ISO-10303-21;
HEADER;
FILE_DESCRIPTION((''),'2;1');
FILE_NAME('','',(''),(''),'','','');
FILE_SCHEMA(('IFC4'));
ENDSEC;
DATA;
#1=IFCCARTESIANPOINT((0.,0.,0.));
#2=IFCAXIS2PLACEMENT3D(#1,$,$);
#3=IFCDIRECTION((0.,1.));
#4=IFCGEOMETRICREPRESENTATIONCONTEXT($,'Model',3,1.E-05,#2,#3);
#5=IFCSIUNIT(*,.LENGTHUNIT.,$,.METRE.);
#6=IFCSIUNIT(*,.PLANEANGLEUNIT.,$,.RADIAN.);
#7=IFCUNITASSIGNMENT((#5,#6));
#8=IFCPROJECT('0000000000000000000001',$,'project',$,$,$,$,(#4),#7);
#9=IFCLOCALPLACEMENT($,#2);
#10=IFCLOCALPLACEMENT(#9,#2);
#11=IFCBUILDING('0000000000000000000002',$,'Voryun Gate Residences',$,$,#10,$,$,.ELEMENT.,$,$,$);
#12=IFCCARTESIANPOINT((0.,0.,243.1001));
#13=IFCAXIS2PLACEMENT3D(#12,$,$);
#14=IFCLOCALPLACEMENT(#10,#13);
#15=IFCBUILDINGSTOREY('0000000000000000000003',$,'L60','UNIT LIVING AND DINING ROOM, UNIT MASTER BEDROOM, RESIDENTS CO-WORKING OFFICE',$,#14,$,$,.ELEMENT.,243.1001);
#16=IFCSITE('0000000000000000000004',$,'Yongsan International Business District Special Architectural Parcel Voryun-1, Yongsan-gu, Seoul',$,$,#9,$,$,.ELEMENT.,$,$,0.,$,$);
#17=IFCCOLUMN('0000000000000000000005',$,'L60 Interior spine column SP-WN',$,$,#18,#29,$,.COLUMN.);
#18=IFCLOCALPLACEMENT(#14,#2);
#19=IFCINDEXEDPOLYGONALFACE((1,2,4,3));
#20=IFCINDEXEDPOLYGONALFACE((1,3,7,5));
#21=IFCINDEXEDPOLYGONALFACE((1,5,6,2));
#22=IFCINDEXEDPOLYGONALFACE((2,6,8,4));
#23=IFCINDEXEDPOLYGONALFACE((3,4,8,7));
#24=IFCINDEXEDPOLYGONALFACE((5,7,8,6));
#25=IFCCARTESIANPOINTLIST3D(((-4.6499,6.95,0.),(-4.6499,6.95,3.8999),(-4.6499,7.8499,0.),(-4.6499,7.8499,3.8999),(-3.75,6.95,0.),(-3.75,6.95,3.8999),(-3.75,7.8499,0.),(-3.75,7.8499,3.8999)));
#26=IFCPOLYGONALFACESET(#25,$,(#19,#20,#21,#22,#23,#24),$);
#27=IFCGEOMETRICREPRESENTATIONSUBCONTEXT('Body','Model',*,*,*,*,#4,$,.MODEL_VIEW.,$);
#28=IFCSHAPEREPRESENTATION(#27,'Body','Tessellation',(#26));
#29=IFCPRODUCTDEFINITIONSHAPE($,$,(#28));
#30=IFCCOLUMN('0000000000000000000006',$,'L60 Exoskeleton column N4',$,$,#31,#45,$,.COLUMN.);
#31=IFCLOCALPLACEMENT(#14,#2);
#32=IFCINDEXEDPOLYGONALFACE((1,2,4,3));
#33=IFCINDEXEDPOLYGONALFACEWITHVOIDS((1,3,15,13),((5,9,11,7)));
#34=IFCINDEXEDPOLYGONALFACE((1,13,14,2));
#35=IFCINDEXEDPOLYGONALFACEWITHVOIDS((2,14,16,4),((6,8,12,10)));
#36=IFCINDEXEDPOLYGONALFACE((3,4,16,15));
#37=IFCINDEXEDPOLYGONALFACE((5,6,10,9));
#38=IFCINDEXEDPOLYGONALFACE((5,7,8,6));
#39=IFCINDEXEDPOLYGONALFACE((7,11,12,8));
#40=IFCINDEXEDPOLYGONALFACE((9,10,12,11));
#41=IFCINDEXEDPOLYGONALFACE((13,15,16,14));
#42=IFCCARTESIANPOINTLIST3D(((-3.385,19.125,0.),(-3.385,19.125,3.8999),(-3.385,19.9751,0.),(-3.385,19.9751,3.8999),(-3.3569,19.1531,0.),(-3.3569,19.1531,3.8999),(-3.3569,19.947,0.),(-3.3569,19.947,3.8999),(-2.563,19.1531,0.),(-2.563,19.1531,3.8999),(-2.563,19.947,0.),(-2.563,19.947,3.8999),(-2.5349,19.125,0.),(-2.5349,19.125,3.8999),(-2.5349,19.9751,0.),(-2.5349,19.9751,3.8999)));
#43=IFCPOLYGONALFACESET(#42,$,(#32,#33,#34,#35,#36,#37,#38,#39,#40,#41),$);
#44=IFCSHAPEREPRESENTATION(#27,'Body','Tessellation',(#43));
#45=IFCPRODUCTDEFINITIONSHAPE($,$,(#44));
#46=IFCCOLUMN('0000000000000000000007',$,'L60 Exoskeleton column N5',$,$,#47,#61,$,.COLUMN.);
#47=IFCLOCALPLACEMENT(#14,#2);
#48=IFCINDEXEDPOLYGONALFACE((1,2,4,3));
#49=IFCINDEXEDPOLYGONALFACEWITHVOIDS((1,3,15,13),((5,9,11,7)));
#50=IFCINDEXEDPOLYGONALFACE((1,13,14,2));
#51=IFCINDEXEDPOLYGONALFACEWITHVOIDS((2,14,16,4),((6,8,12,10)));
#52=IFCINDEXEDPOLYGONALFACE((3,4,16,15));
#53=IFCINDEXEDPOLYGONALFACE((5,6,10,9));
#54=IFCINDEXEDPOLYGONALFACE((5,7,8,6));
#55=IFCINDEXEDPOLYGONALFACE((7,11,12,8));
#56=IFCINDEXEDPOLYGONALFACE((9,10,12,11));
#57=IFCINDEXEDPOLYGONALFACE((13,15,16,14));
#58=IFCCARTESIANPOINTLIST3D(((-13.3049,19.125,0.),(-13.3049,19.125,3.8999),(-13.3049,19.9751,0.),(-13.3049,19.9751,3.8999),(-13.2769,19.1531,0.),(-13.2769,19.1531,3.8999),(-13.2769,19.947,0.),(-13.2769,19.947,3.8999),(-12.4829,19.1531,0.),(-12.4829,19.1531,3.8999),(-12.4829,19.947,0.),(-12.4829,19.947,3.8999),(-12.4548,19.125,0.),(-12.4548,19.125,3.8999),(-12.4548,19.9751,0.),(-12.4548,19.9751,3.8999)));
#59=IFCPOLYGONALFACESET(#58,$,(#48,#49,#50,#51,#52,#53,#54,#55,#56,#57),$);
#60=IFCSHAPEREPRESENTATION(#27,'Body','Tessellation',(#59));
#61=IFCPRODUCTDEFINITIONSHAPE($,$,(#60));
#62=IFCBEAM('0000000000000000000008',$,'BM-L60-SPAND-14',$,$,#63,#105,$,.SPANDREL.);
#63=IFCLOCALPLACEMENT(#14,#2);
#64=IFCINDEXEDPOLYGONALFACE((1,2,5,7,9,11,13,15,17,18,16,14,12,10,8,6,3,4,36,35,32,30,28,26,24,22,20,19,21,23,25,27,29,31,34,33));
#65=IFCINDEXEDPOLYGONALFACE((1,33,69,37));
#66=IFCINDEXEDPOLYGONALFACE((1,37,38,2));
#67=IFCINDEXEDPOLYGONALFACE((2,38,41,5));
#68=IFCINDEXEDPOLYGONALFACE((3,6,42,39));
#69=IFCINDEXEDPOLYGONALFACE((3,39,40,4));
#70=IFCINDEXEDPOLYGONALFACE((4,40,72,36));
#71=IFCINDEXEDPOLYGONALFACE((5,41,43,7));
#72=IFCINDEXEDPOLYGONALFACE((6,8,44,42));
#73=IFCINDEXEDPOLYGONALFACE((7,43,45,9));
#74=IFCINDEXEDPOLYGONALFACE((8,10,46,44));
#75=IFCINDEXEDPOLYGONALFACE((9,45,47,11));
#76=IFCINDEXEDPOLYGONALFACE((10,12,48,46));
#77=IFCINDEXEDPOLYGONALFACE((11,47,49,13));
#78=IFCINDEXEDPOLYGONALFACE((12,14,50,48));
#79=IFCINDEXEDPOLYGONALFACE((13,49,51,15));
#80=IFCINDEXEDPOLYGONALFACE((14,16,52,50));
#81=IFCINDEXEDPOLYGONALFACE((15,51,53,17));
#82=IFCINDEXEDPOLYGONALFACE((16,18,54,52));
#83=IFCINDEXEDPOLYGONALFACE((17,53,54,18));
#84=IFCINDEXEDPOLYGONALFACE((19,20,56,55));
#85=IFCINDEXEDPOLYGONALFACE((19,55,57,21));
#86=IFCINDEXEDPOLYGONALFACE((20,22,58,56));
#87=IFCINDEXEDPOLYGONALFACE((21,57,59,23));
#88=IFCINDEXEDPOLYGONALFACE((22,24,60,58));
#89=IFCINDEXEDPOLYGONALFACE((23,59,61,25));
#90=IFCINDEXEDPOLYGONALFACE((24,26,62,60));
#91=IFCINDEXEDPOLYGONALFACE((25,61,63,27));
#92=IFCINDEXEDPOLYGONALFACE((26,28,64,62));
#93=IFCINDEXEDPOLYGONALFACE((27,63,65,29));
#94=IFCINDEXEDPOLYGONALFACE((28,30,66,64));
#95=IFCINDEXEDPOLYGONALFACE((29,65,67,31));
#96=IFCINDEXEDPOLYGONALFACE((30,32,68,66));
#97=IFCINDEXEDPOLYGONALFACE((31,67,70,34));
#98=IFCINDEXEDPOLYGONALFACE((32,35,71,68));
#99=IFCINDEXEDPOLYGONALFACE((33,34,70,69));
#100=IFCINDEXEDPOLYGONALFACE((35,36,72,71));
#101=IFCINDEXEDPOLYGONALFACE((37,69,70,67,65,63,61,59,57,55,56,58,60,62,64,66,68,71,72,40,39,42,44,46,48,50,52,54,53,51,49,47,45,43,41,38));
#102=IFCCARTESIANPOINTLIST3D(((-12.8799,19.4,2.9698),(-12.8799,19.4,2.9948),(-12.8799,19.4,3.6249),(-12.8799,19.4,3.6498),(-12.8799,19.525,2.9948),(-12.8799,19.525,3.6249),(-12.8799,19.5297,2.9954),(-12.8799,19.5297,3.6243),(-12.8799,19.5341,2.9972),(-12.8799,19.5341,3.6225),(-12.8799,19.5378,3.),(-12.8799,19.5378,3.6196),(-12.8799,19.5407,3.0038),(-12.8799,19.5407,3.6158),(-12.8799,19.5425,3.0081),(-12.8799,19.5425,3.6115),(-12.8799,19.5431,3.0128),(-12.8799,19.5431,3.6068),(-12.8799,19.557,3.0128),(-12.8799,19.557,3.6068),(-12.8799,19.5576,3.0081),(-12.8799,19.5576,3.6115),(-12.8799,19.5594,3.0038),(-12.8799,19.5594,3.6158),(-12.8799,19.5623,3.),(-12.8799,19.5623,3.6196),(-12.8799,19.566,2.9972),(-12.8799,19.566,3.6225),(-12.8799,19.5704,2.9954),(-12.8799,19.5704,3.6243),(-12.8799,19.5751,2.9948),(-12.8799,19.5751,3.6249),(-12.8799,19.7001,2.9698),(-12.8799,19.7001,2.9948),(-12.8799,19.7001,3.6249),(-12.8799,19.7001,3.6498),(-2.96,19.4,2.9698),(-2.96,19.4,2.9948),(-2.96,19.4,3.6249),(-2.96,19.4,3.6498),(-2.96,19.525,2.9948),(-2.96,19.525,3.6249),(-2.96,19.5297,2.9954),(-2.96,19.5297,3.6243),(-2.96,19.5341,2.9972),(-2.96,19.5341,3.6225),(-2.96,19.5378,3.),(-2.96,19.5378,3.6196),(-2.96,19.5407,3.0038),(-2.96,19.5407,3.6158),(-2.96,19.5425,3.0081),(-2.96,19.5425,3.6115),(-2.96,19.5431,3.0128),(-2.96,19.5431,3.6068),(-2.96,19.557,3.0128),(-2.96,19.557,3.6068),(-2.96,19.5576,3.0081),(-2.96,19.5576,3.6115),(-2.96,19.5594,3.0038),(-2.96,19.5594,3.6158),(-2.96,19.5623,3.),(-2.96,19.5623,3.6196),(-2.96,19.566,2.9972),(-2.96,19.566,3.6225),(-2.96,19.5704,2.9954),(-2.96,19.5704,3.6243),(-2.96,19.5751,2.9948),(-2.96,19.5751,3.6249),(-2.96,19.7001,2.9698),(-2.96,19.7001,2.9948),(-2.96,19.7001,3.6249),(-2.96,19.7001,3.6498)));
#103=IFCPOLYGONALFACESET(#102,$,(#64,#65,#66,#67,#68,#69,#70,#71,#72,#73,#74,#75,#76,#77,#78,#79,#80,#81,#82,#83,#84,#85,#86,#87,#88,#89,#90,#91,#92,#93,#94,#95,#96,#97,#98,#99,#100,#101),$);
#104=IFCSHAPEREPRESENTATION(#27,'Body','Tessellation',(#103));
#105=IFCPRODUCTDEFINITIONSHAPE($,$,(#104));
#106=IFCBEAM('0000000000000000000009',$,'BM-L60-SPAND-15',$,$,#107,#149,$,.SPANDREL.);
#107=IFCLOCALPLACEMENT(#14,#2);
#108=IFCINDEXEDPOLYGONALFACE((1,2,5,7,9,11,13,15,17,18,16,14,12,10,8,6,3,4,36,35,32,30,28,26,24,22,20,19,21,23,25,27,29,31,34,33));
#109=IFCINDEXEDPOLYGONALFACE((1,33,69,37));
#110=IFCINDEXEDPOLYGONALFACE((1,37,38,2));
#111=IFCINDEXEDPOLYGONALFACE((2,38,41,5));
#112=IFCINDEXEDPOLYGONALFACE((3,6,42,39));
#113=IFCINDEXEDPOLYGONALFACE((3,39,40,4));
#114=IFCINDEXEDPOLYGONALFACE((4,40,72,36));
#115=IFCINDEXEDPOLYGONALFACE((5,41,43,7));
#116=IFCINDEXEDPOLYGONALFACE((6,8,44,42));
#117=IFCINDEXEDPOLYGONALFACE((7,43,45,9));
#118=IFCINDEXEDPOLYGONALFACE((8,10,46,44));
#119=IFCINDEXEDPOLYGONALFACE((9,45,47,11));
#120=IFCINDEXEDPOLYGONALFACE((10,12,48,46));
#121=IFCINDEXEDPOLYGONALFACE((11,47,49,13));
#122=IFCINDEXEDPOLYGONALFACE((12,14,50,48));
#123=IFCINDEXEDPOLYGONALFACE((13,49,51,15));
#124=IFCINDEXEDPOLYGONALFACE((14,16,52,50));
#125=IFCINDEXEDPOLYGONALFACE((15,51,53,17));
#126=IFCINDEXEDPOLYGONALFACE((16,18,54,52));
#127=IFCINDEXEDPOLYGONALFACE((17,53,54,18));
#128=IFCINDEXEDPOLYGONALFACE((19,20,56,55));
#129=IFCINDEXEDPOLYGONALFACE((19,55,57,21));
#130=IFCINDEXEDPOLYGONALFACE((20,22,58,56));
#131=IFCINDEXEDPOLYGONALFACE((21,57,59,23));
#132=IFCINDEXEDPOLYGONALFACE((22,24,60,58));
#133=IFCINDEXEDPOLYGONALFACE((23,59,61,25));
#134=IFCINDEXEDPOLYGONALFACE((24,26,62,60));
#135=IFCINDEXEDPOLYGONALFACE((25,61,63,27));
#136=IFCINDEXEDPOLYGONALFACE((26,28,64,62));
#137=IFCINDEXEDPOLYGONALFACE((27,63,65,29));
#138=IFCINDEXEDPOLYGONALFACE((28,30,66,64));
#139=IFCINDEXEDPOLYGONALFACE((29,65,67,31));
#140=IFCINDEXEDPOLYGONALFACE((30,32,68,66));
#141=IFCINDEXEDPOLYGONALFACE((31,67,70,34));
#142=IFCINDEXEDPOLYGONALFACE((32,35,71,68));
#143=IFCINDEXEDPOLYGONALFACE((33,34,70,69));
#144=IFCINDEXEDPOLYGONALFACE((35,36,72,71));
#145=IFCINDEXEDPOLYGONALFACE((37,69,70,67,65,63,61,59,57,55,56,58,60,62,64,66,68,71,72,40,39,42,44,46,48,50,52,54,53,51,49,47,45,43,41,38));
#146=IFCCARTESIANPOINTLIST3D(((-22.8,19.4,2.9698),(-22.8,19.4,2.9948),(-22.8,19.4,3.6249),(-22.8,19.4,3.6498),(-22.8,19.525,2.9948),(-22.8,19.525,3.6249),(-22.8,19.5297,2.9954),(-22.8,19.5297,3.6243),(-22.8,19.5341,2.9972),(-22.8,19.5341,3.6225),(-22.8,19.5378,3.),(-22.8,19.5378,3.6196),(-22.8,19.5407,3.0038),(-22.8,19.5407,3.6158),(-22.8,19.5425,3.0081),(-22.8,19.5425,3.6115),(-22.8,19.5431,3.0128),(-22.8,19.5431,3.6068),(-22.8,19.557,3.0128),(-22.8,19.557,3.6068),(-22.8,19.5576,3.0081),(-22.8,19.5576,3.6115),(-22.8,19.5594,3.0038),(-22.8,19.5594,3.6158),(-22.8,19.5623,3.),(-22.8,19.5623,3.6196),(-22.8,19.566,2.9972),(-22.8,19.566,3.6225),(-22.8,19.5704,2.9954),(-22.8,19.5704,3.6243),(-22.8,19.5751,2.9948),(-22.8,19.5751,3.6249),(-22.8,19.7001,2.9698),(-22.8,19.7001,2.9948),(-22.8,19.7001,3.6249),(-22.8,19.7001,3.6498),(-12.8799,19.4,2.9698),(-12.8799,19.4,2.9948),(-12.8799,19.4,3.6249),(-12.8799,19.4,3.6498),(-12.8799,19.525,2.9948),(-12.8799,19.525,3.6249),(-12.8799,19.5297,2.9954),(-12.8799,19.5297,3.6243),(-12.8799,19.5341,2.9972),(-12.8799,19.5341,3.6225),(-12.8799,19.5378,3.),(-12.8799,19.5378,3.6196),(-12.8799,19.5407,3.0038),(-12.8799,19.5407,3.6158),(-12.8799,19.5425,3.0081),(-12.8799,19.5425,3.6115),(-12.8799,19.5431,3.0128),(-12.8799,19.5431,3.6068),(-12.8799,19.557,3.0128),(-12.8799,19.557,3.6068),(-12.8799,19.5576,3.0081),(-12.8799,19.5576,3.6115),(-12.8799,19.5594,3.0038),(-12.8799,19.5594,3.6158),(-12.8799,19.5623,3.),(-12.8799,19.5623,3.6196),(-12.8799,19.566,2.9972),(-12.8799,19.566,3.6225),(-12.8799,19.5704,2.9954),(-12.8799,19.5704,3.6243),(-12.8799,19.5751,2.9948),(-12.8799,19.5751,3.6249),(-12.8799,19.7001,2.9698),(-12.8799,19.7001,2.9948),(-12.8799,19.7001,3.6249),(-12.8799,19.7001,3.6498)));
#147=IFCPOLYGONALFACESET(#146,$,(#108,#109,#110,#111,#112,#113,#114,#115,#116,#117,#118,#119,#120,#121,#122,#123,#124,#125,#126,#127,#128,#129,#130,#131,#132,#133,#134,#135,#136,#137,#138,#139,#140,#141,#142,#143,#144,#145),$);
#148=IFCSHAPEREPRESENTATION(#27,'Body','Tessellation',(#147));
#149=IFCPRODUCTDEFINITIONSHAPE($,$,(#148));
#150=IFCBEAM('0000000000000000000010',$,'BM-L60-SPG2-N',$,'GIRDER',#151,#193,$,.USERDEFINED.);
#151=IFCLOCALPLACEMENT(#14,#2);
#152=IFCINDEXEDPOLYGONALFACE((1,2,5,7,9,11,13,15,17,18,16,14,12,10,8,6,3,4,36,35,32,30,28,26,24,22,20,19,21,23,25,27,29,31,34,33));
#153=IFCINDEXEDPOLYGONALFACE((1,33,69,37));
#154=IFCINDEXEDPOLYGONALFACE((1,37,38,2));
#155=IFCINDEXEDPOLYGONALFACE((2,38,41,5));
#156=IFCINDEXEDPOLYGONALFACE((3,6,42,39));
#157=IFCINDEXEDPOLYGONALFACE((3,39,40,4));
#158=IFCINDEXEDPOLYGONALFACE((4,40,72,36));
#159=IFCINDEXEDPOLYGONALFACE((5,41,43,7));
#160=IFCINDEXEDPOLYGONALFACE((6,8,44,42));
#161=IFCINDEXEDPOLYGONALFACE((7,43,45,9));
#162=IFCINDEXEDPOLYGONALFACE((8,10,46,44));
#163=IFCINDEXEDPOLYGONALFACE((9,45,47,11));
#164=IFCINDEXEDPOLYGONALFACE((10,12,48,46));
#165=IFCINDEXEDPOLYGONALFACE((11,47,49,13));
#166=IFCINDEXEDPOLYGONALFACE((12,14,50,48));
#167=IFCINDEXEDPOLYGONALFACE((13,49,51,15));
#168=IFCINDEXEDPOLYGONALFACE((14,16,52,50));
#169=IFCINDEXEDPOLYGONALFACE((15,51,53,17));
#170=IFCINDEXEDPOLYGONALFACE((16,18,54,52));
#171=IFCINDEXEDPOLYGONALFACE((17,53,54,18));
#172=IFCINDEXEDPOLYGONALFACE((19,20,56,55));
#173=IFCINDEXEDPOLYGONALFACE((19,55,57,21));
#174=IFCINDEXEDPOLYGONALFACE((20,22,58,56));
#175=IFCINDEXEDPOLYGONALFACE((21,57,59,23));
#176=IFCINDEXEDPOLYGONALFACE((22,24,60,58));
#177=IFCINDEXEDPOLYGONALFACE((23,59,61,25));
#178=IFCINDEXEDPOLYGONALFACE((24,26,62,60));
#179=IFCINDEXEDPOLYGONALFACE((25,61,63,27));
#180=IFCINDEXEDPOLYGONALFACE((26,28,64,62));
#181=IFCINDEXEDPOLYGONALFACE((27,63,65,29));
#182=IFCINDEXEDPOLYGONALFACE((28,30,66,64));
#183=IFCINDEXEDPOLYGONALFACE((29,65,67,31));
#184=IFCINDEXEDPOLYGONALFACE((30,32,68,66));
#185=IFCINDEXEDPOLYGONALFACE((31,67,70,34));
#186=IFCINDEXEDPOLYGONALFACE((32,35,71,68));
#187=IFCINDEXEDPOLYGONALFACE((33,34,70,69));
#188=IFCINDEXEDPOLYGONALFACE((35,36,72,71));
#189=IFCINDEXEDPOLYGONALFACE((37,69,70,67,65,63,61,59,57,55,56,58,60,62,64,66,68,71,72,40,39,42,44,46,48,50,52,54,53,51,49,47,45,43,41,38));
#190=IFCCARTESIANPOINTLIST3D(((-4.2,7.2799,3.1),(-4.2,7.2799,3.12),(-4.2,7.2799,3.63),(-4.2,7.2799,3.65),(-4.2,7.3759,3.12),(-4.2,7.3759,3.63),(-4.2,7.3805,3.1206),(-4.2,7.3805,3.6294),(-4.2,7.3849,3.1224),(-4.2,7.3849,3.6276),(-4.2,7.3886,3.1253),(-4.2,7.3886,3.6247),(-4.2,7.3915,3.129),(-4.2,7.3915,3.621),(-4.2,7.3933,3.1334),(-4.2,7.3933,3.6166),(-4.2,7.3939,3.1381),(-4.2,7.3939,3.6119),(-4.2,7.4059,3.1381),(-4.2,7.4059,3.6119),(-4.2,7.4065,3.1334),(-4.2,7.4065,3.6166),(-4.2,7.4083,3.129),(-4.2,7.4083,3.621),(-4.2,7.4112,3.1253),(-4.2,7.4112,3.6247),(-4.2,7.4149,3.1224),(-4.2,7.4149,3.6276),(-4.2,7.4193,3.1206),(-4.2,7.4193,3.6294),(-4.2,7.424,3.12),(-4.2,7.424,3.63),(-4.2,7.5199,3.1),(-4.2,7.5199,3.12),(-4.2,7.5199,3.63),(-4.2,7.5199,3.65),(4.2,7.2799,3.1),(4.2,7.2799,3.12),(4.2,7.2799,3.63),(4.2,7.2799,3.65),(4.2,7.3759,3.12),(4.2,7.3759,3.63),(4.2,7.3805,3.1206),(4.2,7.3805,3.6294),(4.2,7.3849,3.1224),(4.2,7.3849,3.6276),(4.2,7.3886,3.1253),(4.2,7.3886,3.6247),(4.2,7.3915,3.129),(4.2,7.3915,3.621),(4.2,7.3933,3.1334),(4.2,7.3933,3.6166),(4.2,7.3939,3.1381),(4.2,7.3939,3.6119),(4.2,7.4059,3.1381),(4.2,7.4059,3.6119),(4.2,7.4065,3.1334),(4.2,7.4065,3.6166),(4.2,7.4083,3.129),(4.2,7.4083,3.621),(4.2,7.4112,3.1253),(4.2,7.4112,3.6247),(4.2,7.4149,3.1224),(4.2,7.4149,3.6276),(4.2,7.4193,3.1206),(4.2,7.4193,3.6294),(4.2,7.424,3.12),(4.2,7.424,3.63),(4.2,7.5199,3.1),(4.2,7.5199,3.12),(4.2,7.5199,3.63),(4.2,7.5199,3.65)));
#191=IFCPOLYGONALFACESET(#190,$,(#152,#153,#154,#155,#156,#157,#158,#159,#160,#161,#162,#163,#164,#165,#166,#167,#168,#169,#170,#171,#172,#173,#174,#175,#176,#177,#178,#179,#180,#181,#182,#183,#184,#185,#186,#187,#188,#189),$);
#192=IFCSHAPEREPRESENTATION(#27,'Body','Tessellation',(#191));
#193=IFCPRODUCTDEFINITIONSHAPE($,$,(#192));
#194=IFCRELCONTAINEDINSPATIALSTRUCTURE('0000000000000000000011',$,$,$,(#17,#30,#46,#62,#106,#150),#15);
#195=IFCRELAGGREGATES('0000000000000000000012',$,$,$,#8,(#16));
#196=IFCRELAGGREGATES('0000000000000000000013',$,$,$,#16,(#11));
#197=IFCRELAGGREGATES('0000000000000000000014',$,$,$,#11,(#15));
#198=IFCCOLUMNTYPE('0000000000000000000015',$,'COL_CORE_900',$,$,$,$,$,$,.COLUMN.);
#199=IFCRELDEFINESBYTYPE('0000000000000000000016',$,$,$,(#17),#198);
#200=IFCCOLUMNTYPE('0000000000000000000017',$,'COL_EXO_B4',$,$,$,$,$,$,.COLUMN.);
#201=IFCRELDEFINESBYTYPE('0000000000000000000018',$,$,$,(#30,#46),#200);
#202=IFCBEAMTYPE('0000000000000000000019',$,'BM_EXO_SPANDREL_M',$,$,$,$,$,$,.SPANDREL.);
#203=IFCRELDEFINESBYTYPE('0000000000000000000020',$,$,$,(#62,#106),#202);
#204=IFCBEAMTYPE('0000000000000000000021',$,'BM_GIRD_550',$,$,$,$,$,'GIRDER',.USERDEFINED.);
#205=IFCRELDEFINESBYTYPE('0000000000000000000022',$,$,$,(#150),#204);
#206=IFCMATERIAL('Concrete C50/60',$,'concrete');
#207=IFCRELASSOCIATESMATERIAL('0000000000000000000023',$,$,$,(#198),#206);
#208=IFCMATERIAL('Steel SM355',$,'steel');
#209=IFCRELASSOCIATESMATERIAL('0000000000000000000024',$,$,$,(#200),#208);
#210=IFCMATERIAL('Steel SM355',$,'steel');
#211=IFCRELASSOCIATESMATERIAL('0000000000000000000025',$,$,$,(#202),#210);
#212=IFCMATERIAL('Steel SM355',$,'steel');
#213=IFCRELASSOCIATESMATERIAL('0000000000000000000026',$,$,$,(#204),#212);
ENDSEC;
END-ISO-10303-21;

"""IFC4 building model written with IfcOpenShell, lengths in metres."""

from ifc_helpers import new_model, si_unit, direction, frame, origin, origin_2d, place, context, subcontext, project, spatial, rectangle, hollow_rectangle, i_section, extrude, material, material_profile, profile_set, type_object, element, save


model = new_model("IFC4")

# Units and contexts
model_context = context("Model", 3, precision=1e-05, world=origin(), true_north=direction((0.0, 1.0)))
body_context = subcontext(model_context, "Body", "Model", "MODEL_VIEW")
ifc_project = project(units=[si_unit("LENGTHUNIT", "METRE"), si_unit("PLANEANGLEUNIT", "RADIAN")], contexts=[model_context])

# Site, building, storey
site_placement = place(None, origin())
site = spatial("IfcSite", under=ifc_project, at=site_placement, Name="Yongsan International Business District Special Architectural Parcel Voryun-1, Yongsan-gu, Seoul", CompositionType="ELEMENT", RefElevation=0.0)
building_placement = place(site_placement, origin())
building = spatial("IfcBuilding", under=site, at=building_placement, Name="Voryun Gate Residences", CompositionType="ELEMENT")
storey_placement = place(building_placement, frame((0.0, 0.0, 243.1001)))
storey = spatial("IfcBuildingStorey", under=building, at=storey_placement, Name="L60", Description="UNIT LIVING AND DINING ROOM, UNIT MASTER BEDROOM, RESIDENTS CO-WORKING OFFICE", CompositionType="ELEMENT", Elevation=243.1001)

# Columns
ifc_material_1 = material(Name="Concrete C50/60", Category="concrete")
ifc_material_profile_1 = material_profile(ifc_material_1, rectangle(XDim=0.8999, YDim=0.8999, at=origin_2d()), Name="RC-900x900")
ifc_profile_set_1 = profile_set([ifc_material_profile_1], Name="Concrete C50/60")
column_type_1 = type_object("IfcColumnType", Name="COL_CORE_900", PredefinedType="COLUMN", material=ifc_profile_set_1)
column_placement = place(storey_placement, frame((-4.2, 7.3999, 0.0), z_axis=(0.0, 0.0, 1.0), x_axis=(1.0, 0.0, 0.0)))
element("IfcColumn", 1, at=column_placement, inside=storey, type_object=column_type_1, Name="L60 Interior spine column SP-WN", PredefinedType="COLUMN", context=body_context, shape_type="SweptSolid", body=[
    extrude(rectangle(XDim=0.8999, YDim=0.8999, at=origin_2d()), origin(), (0.0, 0.0, 1.0), 3.8999),
])
ifc_material_2 = material(Name="Steel SM355", Category="steel")
ifc_material_profile_2 = material_profile(ifc_material_2, hollow_rectangle(XDim=0.8501, YDim=0.8501, WallThickness=0.0281, at=origin_2d()), Name="BOX-850x850x28")
ifc_profile_set_2 = profile_set([ifc_material_profile_2], Name="Steel SM355")
column_type_2 = type_object("IfcColumnType", Name="COL_EXO_B4", PredefinedType="COLUMN", material=ifc_profile_set_2)
for number, where, z_axis, x_axis, name in (
    (2, (-2.96, 19.55, 0.0), (0.0, 0.0, 1.0), (1.0, 0.0, 0.0), "L60 Exoskeleton column N4"),
    (3, (-12.8799, 19.55, 0.0), (0.0, 0.0, 1.0), (1.0, 0.0, 0.0), "L60 Exoskeleton column N5"),
):
    element("IfcColumn", number, at=place(storey_placement, frame(where, z_axis=z_axis, x_axis=x_axis)), inside=storey, type_object=column_type_2, Name=name, PredefinedType="COLUMN", context=body_context, shape_type="SweptSolid", body=[
        extrude(hollow_rectangle(XDim=0.8501, YDim=0.8501, WallThickness=0.0281, at=origin_2d()), origin(), (0.0, 0.0, 1.0), 3.8999),
    ])

# Beams
ifc_material_3 = material(Name="Steel SM355", Category="steel")
ifc_material_profile_3 = material_profile(ifc_material_3, i_section(OverallWidth=0.3, OverallDepth=0.6799, WebThickness=0.0139, FlangeThickness=0.0249, FilletRadius=0.0181, at=origin_2d()), Name="H-680x300x14x25")
ifc_profile_set_3 = profile_set([ifc_material_profile_3], Name="Steel SM355")
beam_type_1 = type_object("IfcBeamType", Name="BM_EXO_SPANDREL_M", PredefinedType="SPANDREL", material=ifc_profile_set_3)
beam_1_placement = place(storey_placement, frame((-2.96, 19.55, 3.3098), z_axis=(-1.0, 0.0, 0.0), x_axis=(0.0, -1.0, 0.0)))
element("IfcBeam", 4, at=beam_1_placement, inside=storey, type_object=beam_type_1, Name="BM-L60-SPAND-14", PredefinedType="SPANDREL", context=body_context, shape_type="SweptSolid", body=[
    extrude(i_section(OverallWidth=0.3, OverallDepth=0.6799, WebThickness=0.0139, FlangeThickness=0.0249, FilletRadius=0.0181, at=origin_2d()), origin(), (0.0, 0.0, 1.0), 9.9199),
])
beam_2_placement = place(storey_placement, frame((-12.8799, 19.55, 3.3098), z_axis=(-1.0, 0.0, 0.0), x_axis=(0.0, -1.0, 0.0)))
element("IfcBeam", 5, at=beam_2_placement, inside=storey, type_object=beam_type_1, Name="BM-L60-SPAND-15", PredefinedType="SPANDREL", context=body_context, shape_type="SweptSolid", body=[
    extrude(i_section(OverallWidth=0.3, OverallDepth=0.6799, WebThickness=0.0139, FlangeThickness=0.0249, FilletRadius=0.0181, at=origin_2d()), origin(), (0.0, 0.0, 1.0), 9.9202),
])
ifc_material_4 = material(Name="Steel SM355", Category="steel")
ifc_material_profile_4 = material_profile(ifc_material_4, i_section(OverallWidth=0.24, OverallDepth=0.55, WebThickness=0.012, FlangeThickness=0.02, FilletRadius=0.0181, at=origin_2d()), Name="H-550x240x12x20")
ifc_profile_set_4 = profile_set([ifc_material_profile_4], Name="Steel SM355")
beam_type_2 = type_object("IfcBeamType", Name="BM_GIRD_550", ElementType="GIRDER", PredefinedType="USERDEFINED", material=ifc_profile_set_4)
beam_3_placement = place(storey_placement, frame((-4.2, 7.3999, 3.375), z_axis=(1.0, 0.0, 0.0), x_axis=(0.0, 1.0, 0.0)))
element("IfcBeam", 6, at=beam_3_placement, inside=storey, type_object=beam_type_2, Name="BM-L60-SPG2-N", ObjectType="GIRDER", PredefinedType="USERDEFINED", context=body_context, shape_type="SweptSolid", body=[
    extrude(i_section(OverallWidth=0.24, OverallDepth=0.55, WebThickness=0.012, FlangeThickness=0.02, FilletRadius=0.0181, at=origin_2d()), origin(), (0.0, 0.0, 1.0), 8.3999),
])

save(model, "model.ifc")
